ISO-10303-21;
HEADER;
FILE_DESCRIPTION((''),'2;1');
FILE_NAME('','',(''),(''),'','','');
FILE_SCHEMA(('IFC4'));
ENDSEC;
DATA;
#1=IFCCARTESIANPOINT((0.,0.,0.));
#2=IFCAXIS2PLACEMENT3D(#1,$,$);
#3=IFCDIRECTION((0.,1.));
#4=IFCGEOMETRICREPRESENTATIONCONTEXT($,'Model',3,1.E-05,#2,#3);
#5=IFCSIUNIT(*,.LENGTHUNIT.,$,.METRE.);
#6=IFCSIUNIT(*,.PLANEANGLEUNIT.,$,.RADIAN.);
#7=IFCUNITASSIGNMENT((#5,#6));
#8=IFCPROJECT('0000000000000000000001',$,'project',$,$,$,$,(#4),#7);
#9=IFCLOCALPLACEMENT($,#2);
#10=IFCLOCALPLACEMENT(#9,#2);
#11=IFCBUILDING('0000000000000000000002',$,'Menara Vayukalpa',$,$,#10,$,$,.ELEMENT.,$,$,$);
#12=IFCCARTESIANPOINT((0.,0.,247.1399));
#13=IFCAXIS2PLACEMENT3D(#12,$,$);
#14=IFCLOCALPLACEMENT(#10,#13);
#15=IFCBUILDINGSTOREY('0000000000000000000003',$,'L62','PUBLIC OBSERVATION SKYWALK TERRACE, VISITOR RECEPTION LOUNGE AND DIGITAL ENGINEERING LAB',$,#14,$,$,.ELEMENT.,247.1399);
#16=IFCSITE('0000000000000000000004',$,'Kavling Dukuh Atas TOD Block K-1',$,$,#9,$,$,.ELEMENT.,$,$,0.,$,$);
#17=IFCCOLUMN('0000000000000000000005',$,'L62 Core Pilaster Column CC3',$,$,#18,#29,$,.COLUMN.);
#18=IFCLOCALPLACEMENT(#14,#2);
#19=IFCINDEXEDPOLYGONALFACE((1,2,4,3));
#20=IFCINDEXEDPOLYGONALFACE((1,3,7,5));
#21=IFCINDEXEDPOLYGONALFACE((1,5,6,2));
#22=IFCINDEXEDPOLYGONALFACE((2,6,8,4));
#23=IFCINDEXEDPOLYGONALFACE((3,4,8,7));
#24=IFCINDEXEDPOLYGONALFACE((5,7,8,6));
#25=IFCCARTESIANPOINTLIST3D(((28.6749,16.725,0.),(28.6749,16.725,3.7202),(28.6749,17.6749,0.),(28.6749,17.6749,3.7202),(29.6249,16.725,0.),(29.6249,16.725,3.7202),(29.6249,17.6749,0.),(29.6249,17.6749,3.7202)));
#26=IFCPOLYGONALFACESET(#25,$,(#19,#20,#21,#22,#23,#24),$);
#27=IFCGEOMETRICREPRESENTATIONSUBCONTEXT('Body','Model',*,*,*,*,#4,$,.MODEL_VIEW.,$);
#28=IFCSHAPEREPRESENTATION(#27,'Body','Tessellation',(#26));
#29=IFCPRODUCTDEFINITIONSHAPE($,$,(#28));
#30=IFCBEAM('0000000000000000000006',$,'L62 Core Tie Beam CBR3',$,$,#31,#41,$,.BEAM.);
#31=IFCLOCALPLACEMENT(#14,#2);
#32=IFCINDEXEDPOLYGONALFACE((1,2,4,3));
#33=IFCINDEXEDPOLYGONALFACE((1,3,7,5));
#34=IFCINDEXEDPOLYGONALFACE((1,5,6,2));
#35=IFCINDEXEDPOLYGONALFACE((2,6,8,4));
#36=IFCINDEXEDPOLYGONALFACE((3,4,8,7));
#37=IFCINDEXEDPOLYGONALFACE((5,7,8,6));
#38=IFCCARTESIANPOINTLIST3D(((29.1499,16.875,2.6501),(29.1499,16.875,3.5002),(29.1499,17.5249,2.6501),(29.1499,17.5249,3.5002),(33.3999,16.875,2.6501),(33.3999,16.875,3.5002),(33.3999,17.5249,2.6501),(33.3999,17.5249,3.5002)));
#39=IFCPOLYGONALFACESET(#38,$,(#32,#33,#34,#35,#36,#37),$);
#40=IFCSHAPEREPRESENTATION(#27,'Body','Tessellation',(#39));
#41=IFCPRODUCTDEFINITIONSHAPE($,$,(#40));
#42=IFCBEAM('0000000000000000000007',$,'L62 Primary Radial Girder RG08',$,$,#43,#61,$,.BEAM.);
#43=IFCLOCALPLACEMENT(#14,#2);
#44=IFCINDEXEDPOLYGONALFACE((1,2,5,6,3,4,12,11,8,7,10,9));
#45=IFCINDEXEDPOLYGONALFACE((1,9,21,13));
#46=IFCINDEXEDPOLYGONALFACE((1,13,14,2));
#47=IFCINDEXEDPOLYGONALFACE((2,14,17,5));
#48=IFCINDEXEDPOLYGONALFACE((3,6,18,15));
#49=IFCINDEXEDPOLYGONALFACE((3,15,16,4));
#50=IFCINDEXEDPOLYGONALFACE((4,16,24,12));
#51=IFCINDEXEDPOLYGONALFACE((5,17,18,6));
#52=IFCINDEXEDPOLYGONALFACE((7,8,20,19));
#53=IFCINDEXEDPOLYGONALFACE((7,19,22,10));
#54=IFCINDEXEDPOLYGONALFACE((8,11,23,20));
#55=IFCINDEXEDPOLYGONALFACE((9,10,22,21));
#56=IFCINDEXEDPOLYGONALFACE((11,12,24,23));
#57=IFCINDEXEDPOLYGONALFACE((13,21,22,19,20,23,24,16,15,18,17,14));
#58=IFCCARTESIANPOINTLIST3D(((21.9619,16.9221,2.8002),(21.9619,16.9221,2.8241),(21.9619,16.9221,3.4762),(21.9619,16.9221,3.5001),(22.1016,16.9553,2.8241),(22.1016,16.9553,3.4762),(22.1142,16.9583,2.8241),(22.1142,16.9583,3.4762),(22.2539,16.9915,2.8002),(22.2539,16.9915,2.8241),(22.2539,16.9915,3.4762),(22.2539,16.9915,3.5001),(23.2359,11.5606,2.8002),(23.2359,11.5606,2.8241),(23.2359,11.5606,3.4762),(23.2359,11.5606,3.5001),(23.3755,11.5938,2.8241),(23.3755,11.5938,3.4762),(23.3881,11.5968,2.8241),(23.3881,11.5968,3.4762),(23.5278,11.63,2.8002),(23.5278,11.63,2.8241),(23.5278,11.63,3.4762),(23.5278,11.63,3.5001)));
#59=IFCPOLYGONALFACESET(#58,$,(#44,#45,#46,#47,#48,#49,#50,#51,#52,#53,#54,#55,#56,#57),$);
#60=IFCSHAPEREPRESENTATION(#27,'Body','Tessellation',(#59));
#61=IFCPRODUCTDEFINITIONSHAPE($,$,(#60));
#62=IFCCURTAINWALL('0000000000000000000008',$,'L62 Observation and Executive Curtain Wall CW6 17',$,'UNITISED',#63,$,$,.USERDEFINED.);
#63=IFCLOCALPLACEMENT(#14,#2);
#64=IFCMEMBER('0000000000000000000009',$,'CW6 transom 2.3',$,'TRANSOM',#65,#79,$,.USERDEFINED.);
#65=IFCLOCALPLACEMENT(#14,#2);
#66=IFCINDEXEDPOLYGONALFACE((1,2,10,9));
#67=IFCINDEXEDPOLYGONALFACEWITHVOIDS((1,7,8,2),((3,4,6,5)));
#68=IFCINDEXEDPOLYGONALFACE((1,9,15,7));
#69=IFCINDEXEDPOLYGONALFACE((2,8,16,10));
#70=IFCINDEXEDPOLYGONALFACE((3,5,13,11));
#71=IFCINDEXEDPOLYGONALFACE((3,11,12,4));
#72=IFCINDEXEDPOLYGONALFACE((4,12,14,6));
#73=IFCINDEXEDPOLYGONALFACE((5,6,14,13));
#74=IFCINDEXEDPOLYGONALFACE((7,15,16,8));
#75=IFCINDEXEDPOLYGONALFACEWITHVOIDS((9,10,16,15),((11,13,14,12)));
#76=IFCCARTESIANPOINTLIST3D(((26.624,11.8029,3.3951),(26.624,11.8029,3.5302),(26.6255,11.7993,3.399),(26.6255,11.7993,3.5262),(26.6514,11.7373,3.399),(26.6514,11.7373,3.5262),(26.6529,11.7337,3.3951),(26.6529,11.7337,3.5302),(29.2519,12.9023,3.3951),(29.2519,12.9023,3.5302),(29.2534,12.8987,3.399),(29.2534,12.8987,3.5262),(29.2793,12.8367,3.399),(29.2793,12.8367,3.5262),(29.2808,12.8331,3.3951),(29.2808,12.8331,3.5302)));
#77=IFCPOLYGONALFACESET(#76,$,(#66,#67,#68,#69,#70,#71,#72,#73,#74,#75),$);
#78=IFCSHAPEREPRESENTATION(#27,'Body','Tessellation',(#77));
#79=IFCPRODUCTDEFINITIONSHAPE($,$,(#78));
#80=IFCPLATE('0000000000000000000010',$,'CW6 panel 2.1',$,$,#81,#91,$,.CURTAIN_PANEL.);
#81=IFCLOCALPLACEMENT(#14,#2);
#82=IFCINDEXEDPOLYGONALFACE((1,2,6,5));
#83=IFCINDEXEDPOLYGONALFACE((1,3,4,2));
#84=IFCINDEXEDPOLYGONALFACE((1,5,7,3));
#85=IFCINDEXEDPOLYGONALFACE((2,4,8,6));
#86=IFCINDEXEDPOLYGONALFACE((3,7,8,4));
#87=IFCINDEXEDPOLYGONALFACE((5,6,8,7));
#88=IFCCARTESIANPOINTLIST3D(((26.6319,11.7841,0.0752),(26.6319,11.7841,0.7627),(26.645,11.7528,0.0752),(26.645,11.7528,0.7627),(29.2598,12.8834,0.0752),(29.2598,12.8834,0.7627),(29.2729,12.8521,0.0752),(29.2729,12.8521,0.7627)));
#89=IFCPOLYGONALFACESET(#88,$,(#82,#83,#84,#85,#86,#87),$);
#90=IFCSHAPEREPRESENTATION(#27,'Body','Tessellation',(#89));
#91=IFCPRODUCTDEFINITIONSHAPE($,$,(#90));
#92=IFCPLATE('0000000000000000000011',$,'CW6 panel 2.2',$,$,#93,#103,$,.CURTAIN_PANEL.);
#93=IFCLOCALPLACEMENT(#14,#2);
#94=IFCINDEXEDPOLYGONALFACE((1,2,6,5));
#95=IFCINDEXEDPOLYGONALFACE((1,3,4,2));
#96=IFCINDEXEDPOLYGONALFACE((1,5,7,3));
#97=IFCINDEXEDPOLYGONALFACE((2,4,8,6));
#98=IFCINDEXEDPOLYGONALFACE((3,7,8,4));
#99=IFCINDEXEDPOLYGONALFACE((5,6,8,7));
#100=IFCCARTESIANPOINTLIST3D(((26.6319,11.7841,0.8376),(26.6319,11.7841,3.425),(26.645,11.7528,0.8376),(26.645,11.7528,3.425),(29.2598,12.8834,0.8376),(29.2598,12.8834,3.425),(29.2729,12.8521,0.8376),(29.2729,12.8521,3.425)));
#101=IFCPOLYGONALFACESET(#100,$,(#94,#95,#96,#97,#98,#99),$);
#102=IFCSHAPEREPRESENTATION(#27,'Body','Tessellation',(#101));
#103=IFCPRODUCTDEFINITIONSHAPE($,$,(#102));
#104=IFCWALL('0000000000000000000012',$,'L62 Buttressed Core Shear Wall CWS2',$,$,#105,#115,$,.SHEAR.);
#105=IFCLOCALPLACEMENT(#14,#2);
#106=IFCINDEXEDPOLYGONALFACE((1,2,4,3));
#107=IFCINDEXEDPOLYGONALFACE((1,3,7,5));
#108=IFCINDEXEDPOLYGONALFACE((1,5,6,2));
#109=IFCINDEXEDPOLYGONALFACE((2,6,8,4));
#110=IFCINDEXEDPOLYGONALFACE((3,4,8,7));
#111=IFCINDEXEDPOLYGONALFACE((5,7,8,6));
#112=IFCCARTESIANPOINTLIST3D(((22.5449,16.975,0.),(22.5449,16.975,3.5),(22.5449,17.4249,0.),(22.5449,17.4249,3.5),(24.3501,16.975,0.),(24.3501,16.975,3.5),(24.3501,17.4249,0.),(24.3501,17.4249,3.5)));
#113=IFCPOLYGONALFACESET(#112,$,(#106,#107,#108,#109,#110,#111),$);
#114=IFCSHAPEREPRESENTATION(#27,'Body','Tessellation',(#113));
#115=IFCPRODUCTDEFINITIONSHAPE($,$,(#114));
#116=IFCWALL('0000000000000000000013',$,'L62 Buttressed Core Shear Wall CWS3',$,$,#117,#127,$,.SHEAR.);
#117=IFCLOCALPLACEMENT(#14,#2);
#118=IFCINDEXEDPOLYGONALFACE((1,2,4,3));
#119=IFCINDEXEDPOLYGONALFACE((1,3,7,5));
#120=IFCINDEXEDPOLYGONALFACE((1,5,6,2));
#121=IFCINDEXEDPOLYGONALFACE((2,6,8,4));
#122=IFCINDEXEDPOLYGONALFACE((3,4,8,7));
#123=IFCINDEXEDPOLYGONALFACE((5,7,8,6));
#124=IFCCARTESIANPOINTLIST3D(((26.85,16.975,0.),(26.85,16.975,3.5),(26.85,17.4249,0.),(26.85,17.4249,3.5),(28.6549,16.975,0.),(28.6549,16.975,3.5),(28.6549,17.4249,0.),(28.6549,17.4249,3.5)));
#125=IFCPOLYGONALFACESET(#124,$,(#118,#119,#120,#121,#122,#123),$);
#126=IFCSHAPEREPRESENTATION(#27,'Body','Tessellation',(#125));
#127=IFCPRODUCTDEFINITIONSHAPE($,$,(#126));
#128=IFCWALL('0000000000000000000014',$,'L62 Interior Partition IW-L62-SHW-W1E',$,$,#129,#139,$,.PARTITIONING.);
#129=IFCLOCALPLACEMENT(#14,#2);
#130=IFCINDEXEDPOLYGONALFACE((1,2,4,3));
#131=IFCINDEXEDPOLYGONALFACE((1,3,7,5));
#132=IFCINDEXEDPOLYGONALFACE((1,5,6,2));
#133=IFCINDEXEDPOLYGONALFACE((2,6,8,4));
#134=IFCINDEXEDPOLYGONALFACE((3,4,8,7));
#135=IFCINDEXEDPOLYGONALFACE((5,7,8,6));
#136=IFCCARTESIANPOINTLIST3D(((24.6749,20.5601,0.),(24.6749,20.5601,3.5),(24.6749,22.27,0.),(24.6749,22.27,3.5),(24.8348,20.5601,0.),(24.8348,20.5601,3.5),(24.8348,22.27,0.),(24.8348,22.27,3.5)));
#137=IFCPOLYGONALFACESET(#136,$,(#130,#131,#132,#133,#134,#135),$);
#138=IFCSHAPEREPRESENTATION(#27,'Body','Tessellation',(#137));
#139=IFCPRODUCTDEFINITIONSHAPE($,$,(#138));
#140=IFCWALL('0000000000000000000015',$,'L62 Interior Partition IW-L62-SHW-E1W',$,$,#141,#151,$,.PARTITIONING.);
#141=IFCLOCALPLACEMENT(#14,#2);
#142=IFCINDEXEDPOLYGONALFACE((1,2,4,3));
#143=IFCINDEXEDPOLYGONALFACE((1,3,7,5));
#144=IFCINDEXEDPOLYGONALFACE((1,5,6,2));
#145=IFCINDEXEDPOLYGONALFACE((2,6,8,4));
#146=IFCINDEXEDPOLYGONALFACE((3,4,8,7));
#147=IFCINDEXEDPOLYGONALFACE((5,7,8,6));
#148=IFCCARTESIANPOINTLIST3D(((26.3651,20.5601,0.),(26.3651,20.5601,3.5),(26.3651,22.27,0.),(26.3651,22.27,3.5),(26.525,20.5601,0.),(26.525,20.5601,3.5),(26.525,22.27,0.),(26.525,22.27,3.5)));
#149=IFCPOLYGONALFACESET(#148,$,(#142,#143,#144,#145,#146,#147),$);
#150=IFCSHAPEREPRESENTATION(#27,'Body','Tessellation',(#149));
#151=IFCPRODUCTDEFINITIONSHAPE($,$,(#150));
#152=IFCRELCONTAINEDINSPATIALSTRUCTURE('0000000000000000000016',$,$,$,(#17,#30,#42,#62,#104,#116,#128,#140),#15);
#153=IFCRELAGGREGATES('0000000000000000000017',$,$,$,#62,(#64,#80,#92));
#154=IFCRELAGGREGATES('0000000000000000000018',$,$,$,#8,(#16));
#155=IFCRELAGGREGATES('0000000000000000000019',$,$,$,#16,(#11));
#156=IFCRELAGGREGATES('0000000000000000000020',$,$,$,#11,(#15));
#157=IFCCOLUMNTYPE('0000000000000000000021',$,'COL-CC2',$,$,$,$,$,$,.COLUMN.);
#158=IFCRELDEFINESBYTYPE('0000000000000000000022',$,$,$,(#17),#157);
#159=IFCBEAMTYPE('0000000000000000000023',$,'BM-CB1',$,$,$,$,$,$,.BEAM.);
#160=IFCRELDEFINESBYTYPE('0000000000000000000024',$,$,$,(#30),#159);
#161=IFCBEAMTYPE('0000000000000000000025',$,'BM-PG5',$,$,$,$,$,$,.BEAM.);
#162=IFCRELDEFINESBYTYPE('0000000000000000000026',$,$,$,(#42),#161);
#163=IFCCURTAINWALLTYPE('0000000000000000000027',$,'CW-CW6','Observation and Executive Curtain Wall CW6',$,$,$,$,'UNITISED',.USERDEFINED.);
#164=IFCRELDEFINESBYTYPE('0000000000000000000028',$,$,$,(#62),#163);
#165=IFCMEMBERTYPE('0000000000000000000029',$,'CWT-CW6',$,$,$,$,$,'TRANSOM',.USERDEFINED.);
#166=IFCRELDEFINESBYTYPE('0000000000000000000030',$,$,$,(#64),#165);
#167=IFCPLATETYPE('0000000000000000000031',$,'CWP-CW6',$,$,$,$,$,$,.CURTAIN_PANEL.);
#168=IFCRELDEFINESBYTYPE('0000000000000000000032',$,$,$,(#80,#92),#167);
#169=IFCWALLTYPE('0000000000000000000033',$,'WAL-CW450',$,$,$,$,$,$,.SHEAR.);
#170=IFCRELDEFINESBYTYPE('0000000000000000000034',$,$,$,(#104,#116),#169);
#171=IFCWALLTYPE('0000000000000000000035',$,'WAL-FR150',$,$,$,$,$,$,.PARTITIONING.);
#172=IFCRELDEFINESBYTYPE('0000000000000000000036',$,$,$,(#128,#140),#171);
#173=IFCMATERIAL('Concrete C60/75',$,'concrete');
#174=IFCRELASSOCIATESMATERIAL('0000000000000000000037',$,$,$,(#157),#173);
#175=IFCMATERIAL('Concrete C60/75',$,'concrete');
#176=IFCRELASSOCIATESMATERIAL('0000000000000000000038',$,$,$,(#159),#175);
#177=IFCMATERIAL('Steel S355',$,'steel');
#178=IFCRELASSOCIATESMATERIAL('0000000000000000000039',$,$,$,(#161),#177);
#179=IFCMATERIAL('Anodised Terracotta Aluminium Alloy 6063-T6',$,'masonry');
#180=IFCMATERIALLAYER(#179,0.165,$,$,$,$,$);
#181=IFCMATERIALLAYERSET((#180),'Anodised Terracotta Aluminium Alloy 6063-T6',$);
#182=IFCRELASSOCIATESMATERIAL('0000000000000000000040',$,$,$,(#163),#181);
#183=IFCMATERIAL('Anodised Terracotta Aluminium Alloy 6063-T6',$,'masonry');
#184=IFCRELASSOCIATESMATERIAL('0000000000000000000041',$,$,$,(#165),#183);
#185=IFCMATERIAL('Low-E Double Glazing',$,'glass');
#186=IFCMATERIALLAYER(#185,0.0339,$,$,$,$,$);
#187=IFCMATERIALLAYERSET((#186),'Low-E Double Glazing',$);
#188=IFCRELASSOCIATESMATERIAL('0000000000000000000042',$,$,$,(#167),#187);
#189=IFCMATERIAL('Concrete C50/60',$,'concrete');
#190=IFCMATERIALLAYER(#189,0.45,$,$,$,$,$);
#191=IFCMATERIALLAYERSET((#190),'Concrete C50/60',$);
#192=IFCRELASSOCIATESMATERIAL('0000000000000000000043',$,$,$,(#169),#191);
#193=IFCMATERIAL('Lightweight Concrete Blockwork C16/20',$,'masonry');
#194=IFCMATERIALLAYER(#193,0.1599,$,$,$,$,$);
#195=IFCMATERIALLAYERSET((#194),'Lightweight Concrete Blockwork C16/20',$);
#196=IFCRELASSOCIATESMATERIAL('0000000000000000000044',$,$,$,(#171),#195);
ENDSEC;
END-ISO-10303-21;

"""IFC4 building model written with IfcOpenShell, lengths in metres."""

from ifc_helpers import new_model, si_unit, direction, frame, frame_2d, origin, origin_2d, place, context, subcontext, project, spatial, rectangle, hollow_rectangle, i_section, extrude, material, layer, layer_set, material_profile, profile_set, type_object, element, aggregate, save


model = new_model("IFC4")

# Units and contexts
model_context = context("Model", 3, precision=1e-05, world=origin(), true_north=direction((0.0, 1.0)))
body_context = subcontext(model_context, "Body", "Model", "MODEL_VIEW")
ifc_project = project(units=[si_unit("LENGTHUNIT", "METRE"), si_unit("PLANEANGLEUNIT", "RADIAN")], contexts=[model_context])

# Site, building, storey
site_placement = place(None, origin())
site = spatial("IfcSite", under=ifc_project, at=site_placement, Name="Kavling Dukuh Atas TOD Block K-1", CompositionType="ELEMENT", RefElevation=0.0)
building_placement = place(site_placement, origin())
building = spatial("IfcBuilding", under=site, at=building_placement, Name="Menara Vayukalpa", CompositionType="ELEMENT")
storey_placement = place(building_placement, frame((0.0, 0.0, 247.1399)))
storey = spatial("IfcBuildingStorey", under=building, at=storey_placement, Name="L62", Description="PUBLIC OBSERVATION SKYWALK TERRACE, VISITOR RECEPTION LOUNGE AND DIGITAL ENGINEERING LAB", CompositionType="ELEMENT", Elevation=247.1399)

# Column
ifc_material_1 = material(Name="Concrete C60/75", Category="concrete")
ifc_material_profile_1 = material_profile(ifc_material_1, rectangle(XDim=0.95, YDim=0.95, at=origin_2d()), Name="RC 950x950")
ifc_profile_set_1 = profile_set([ifc_material_profile_1], Name="Concrete C60/75")
column_type = type_object("IfcColumnType", Name="COL-CC2", PredefinedType="COLUMN", material=ifc_profile_set_1)
column_placement = place(storey_placement, frame((29.1499, 17.2, 0.0), z_axis=(0.0, 0.0, 1.0), x_axis=(1.0, 0.0, 0.0)))
element("IfcColumn", 1, at=column_placement, inside=storey, type_object=column_type, Name="L62 Core Pilaster Column CC3", PredefinedType="COLUMN", context=body_context, shape_type="SweptSolid", body=[
    extrude(rectangle(XDim=0.95, YDim=0.95, at=origin_2d()), origin(), (0.0, 0.0, 1.0), 3.7202),
])

# Beams
ifc_material_2 = material(Name="Concrete C60/75", Category="concrete")
ifc_material_profile_2 = material_profile(ifc_material_2, rectangle(XDim=0.6499, YDim=0.8501, at=origin_2d()), Name="RC 650x850")
ifc_profile_set_2 = profile_set([ifc_material_profile_2], Name="Concrete C60/75")
beam_type_1 = type_object("IfcBeamType", Name="BM-CB1", PredefinedType="BEAM", material=ifc_profile_set_2)
beam_1_placement = place(storey_placement, frame((29.1499, 17.2, 3.0752), z_axis=(1.0, 0.0, 0.0), x_axis=(0.0, 1.0, 0.0)))
element("IfcBeam", 2, at=beam_1_placement, inside=storey, type_object=beam_type_1, Name="L62 Core Tie Beam CBR3", PredefinedType="BEAM", context=body_context, shape_type="SweptSolid", body=[
    extrude(rectangle(XDim=0.6499, YDim=0.8501, at=origin_2d()), origin(), (0.0, 0.0, 1.0), 4.25),
])
ifc_material_3 = material(Name="Steel S355", Category="steel")
ifc_material_profile_3 = material_profile(ifc_material_3, i_section(OverallWidth=0.3, OverallDepth=0.7, WebThickness=0.0129, FlangeThickness=0.0239, at=origin_2d()), Name="WF 700x300x13x24")
ifc_profile_set_3 = profile_set([ifc_material_profile_3], Name="Steel S355")
beam_type_2 = type_object("IfcBeamType", Name="BM-PG5", PredefinedType="BEAM", material=ifc_profile_set_3)
beam_2_placement = place(storey_placement, frame((22.1079, 16.9568, 3.1501), z_axis=(0.231167, -0.972914, 0.0), x_axis=(0.972914, 0.231167, 0.0)))
element("IfcBeam", 3, at=beam_2_placement, inside=storey, type_object=beam_type_2, Name="L62 Primary Radial Girder RG08", PredefinedType="BEAM", context=body_context, shape_type="SweptSolid", body=[
    extrude(i_section(OverallWidth=0.3, OverallDepth=0.7, WebThickness=0.0129, FlangeThickness=0.0239, at=origin_2d()), origin(), (0.0, 0.0, 1.0), 5.5107),
])

# Curtain wall, member, plates
ifc_material_4 = material(Name="Anodised Terracotta Aluminium Alloy 6063-T6", Category="masonry")
ifc_layer_1 = layer(ifc_material_4, 0.165)
ifc_layer_set_1 = layer_set([ifc_layer_1], Name="Anodised Terracotta Aluminium Alloy 6063-T6")
curtain_wall_type = type_object("IfcCurtainWallType", Name="CW-CW6", Description="Observation and Executive Curtain Wall CW6", ElementType="UNITISED", PredefinedType="USERDEFINED", material=ifc_layer_set_1)
curtain_wall_placement = place(storey_placement, origin())
curtain_wall = element("IfcCurtainWall", 4, at=curtain_wall_placement, inside=storey, type_object=curtain_wall_type, Name="L62 Observation and Executive Curtain Wall CW6 17", ObjectType="UNITISED", PredefinedType="USERDEFINED")
ifc_material_5 = material(Name="Anodised Terracotta Aluminium Alloy 6063-T6", Category="masonry")
ifc_material_profile_4 = material_profile(ifc_material_5, hollow_rectangle(XDim=0.075, YDim=0.135, WallThickness=0.0039, at=origin_2d()), Name="ALU 75x135x4")
ifc_profile_set_4 = profile_set([ifc_material_profile_4], Name="Anodised Terracotta Aluminium Alloy 6063-T6")
member_type = type_object("IfcMemberType", Name="CWT-CW6", ElementType="TRANSOM", PredefinedType="USERDEFINED", material=ifc_profile_set_4)
member_placement = place(storey_placement, frame((26.6384, 11.7683, 3.4626), z_axis=(0.922528, 0.385929, 0.0), x_axis=(-0.385929, 0.922528, 0.0)))
member = element("IfcMember", 5, at=member_placement, type_object=member_type, Name="CW6 transom 2.3", ObjectType="TRANSOM", PredefinedType="USERDEFINED", context=body_context, shape_type="SweptSolid", body=[
    extrude(hollow_rectangle(XDim=0.075, YDim=0.135, WallThickness=0.0039, at=origin_2d()), origin(), (0.0, 0.0, 1.0), 2.8486),
])
ifc_material_6 = material(Name="Low-E Double Glazing", Category="glass")
ifc_layer_2 = layer(ifc_material_6, 0.0339)
ifc_layer_set_2 = layer_set([ifc_layer_2], Name="Low-E Double Glazing")
plate_type = type_object("IfcPlateType", Name="CWP-CW6", PredefinedType="CURTAIN_PANEL", material=ifc_layer_set_2)
plate_1_placement = place(storey_placement, frame((27.9524, 12.3181, 0.0752), z_axis=(0.0, 0.0, 1.0), x_axis=(0.922541, 0.3859, 0.0)))
plate_1 = element("IfcPlate", 6, at=plate_1_placement, type_object=plate_type, Name="CW6 panel 2.1", PredefinedType="CURTAIN_PANEL", context=body_context, shape_type="SweptSolid", body=[
    extrude(rectangle(XDim=2.8486, YDim=0.0339, at=origin_2d()), origin(), (0.0, 0.0, 1.0), 0.6875),
])
plate_2_placement = place(storey_placement, frame((27.9524, 12.3181, 0.8376), z_axis=(0.0, 0.0, 1.0), x_axis=(0.922541, 0.3859, 0.0)))
plate_2 = element("IfcPlate", 7, at=plate_2_placement, type_object=plate_type, Name="CW6 panel 2.2", PredefinedType="CURTAIN_PANEL", context=body_context, shape_type="SweptSolid", body=[
    extrude(rectangle(XDim=2.8486, YDim=0.0339, at=origin_2d()), origin(), (0.0, 0.0, 1.0), 2.5874),
])
aggregate(curtain_wall, [member, plate_1, plate_2])

# Walls
ifc_material_7 = material(Name="Concrete C50/60", Category="concrete")
ifc_layer_3 = layer(ifc_material_7, 0.45)
ifc_layer_set_3 = layer_set([ifc_layer_3], Name="Concrete C50/60")
wall_type_1 = type_object("IfcWallType", Name="WAL-CW450", PredefinedType="SHEAR", material=ifc_layer_set_3)
wall_1_placement = place(storey_placement, frame((22.5449, 17.2, 0.0), z_axis=(0.0, 0.0, 1.0), x_axis=(1.0, 0.0, 0.0)))
element("IfcWall", 8, at=wall_1_placement, inside=storey, type_object=wall_type_1, Name="L62 Buttressed Core Shear Wall CWS2", PredefinedType="SHEAR", context=body_context, shape_type="SweptSolid", body=[
    extrude(rectangle(XDim=1.8052, YDim=0.45, at=frame_2d((0.9026, 0.0))), origin(), (0.0, 0.0, 1.0), 3.5),
])
wall_2_placement = place(storey_placement, frame((26.8501, 17.2, 0.0), z_axis=(0.0, 0.0, 1.0), x_axis=(1.0, 0.0, 0.0)))
element("IfcWall", 9, at=wall_2_placement, inside=storey, type_object=wall_type_1, Name="L62 Buttressed Core Shear Wall CWS3", PredefinedType="SHEAR", context=body_context, shape_type="SweptSolid", body=[
    extrude(rectangle(XDim=1.8049, YDim=0.45, at=frame_2d((0.9023, 0.0))), origin(), (0.0, 0.0, 1.0), 3.5),
])
ifc_material_8 = material(Name="Lightweight Concrete Blockwork C16/20", Category="masonry")
ifc_layer_4 = layer(ifc_material_8, 0.1599)
ifc_layer_set_4 = layer_set([ifc_layer_4], Name="Lightweight Concrete Blockwork C16/20")
wall_type_2 = type_object("IfcWallType", Name="WAL-FR150", PredefinedType="PARTITIONING", material=ifc_layer_set_4)
for number, where, z_axis, x_axis, name in (
    (10, (24.7549, 20.5601, 0.0), (0.0, 0.0, 1.0), (0.0, 1.0, 0.0), "L62 Interior Partition IW-L62-SHW-W1E"),
    (11, (26.4451, 20.5601, 0.0), (0.0, 0.0, 1.0), (0.0, 1.0, 0.0), "L62 Interior Partition IW-L62-SHW-E1W"),
):
    element("IfcWall", number, at=place(storey_placement, frame(where, z_axis=z_axis, x_axis=x_axis)), inside=storey, type_object=wall_type_2, Name=name, PredefinedType="PARTITIONING", context=body_context, shape_type="SweptSolid", body=[
        extrude(rectangle(XDim=1.71, YDim=0.1599, at=frame_2d((0.855, 0.0))), origin(), (0.0, 0.0, 1.0), 3.5),
    ])

save(model, "model.ifc")
